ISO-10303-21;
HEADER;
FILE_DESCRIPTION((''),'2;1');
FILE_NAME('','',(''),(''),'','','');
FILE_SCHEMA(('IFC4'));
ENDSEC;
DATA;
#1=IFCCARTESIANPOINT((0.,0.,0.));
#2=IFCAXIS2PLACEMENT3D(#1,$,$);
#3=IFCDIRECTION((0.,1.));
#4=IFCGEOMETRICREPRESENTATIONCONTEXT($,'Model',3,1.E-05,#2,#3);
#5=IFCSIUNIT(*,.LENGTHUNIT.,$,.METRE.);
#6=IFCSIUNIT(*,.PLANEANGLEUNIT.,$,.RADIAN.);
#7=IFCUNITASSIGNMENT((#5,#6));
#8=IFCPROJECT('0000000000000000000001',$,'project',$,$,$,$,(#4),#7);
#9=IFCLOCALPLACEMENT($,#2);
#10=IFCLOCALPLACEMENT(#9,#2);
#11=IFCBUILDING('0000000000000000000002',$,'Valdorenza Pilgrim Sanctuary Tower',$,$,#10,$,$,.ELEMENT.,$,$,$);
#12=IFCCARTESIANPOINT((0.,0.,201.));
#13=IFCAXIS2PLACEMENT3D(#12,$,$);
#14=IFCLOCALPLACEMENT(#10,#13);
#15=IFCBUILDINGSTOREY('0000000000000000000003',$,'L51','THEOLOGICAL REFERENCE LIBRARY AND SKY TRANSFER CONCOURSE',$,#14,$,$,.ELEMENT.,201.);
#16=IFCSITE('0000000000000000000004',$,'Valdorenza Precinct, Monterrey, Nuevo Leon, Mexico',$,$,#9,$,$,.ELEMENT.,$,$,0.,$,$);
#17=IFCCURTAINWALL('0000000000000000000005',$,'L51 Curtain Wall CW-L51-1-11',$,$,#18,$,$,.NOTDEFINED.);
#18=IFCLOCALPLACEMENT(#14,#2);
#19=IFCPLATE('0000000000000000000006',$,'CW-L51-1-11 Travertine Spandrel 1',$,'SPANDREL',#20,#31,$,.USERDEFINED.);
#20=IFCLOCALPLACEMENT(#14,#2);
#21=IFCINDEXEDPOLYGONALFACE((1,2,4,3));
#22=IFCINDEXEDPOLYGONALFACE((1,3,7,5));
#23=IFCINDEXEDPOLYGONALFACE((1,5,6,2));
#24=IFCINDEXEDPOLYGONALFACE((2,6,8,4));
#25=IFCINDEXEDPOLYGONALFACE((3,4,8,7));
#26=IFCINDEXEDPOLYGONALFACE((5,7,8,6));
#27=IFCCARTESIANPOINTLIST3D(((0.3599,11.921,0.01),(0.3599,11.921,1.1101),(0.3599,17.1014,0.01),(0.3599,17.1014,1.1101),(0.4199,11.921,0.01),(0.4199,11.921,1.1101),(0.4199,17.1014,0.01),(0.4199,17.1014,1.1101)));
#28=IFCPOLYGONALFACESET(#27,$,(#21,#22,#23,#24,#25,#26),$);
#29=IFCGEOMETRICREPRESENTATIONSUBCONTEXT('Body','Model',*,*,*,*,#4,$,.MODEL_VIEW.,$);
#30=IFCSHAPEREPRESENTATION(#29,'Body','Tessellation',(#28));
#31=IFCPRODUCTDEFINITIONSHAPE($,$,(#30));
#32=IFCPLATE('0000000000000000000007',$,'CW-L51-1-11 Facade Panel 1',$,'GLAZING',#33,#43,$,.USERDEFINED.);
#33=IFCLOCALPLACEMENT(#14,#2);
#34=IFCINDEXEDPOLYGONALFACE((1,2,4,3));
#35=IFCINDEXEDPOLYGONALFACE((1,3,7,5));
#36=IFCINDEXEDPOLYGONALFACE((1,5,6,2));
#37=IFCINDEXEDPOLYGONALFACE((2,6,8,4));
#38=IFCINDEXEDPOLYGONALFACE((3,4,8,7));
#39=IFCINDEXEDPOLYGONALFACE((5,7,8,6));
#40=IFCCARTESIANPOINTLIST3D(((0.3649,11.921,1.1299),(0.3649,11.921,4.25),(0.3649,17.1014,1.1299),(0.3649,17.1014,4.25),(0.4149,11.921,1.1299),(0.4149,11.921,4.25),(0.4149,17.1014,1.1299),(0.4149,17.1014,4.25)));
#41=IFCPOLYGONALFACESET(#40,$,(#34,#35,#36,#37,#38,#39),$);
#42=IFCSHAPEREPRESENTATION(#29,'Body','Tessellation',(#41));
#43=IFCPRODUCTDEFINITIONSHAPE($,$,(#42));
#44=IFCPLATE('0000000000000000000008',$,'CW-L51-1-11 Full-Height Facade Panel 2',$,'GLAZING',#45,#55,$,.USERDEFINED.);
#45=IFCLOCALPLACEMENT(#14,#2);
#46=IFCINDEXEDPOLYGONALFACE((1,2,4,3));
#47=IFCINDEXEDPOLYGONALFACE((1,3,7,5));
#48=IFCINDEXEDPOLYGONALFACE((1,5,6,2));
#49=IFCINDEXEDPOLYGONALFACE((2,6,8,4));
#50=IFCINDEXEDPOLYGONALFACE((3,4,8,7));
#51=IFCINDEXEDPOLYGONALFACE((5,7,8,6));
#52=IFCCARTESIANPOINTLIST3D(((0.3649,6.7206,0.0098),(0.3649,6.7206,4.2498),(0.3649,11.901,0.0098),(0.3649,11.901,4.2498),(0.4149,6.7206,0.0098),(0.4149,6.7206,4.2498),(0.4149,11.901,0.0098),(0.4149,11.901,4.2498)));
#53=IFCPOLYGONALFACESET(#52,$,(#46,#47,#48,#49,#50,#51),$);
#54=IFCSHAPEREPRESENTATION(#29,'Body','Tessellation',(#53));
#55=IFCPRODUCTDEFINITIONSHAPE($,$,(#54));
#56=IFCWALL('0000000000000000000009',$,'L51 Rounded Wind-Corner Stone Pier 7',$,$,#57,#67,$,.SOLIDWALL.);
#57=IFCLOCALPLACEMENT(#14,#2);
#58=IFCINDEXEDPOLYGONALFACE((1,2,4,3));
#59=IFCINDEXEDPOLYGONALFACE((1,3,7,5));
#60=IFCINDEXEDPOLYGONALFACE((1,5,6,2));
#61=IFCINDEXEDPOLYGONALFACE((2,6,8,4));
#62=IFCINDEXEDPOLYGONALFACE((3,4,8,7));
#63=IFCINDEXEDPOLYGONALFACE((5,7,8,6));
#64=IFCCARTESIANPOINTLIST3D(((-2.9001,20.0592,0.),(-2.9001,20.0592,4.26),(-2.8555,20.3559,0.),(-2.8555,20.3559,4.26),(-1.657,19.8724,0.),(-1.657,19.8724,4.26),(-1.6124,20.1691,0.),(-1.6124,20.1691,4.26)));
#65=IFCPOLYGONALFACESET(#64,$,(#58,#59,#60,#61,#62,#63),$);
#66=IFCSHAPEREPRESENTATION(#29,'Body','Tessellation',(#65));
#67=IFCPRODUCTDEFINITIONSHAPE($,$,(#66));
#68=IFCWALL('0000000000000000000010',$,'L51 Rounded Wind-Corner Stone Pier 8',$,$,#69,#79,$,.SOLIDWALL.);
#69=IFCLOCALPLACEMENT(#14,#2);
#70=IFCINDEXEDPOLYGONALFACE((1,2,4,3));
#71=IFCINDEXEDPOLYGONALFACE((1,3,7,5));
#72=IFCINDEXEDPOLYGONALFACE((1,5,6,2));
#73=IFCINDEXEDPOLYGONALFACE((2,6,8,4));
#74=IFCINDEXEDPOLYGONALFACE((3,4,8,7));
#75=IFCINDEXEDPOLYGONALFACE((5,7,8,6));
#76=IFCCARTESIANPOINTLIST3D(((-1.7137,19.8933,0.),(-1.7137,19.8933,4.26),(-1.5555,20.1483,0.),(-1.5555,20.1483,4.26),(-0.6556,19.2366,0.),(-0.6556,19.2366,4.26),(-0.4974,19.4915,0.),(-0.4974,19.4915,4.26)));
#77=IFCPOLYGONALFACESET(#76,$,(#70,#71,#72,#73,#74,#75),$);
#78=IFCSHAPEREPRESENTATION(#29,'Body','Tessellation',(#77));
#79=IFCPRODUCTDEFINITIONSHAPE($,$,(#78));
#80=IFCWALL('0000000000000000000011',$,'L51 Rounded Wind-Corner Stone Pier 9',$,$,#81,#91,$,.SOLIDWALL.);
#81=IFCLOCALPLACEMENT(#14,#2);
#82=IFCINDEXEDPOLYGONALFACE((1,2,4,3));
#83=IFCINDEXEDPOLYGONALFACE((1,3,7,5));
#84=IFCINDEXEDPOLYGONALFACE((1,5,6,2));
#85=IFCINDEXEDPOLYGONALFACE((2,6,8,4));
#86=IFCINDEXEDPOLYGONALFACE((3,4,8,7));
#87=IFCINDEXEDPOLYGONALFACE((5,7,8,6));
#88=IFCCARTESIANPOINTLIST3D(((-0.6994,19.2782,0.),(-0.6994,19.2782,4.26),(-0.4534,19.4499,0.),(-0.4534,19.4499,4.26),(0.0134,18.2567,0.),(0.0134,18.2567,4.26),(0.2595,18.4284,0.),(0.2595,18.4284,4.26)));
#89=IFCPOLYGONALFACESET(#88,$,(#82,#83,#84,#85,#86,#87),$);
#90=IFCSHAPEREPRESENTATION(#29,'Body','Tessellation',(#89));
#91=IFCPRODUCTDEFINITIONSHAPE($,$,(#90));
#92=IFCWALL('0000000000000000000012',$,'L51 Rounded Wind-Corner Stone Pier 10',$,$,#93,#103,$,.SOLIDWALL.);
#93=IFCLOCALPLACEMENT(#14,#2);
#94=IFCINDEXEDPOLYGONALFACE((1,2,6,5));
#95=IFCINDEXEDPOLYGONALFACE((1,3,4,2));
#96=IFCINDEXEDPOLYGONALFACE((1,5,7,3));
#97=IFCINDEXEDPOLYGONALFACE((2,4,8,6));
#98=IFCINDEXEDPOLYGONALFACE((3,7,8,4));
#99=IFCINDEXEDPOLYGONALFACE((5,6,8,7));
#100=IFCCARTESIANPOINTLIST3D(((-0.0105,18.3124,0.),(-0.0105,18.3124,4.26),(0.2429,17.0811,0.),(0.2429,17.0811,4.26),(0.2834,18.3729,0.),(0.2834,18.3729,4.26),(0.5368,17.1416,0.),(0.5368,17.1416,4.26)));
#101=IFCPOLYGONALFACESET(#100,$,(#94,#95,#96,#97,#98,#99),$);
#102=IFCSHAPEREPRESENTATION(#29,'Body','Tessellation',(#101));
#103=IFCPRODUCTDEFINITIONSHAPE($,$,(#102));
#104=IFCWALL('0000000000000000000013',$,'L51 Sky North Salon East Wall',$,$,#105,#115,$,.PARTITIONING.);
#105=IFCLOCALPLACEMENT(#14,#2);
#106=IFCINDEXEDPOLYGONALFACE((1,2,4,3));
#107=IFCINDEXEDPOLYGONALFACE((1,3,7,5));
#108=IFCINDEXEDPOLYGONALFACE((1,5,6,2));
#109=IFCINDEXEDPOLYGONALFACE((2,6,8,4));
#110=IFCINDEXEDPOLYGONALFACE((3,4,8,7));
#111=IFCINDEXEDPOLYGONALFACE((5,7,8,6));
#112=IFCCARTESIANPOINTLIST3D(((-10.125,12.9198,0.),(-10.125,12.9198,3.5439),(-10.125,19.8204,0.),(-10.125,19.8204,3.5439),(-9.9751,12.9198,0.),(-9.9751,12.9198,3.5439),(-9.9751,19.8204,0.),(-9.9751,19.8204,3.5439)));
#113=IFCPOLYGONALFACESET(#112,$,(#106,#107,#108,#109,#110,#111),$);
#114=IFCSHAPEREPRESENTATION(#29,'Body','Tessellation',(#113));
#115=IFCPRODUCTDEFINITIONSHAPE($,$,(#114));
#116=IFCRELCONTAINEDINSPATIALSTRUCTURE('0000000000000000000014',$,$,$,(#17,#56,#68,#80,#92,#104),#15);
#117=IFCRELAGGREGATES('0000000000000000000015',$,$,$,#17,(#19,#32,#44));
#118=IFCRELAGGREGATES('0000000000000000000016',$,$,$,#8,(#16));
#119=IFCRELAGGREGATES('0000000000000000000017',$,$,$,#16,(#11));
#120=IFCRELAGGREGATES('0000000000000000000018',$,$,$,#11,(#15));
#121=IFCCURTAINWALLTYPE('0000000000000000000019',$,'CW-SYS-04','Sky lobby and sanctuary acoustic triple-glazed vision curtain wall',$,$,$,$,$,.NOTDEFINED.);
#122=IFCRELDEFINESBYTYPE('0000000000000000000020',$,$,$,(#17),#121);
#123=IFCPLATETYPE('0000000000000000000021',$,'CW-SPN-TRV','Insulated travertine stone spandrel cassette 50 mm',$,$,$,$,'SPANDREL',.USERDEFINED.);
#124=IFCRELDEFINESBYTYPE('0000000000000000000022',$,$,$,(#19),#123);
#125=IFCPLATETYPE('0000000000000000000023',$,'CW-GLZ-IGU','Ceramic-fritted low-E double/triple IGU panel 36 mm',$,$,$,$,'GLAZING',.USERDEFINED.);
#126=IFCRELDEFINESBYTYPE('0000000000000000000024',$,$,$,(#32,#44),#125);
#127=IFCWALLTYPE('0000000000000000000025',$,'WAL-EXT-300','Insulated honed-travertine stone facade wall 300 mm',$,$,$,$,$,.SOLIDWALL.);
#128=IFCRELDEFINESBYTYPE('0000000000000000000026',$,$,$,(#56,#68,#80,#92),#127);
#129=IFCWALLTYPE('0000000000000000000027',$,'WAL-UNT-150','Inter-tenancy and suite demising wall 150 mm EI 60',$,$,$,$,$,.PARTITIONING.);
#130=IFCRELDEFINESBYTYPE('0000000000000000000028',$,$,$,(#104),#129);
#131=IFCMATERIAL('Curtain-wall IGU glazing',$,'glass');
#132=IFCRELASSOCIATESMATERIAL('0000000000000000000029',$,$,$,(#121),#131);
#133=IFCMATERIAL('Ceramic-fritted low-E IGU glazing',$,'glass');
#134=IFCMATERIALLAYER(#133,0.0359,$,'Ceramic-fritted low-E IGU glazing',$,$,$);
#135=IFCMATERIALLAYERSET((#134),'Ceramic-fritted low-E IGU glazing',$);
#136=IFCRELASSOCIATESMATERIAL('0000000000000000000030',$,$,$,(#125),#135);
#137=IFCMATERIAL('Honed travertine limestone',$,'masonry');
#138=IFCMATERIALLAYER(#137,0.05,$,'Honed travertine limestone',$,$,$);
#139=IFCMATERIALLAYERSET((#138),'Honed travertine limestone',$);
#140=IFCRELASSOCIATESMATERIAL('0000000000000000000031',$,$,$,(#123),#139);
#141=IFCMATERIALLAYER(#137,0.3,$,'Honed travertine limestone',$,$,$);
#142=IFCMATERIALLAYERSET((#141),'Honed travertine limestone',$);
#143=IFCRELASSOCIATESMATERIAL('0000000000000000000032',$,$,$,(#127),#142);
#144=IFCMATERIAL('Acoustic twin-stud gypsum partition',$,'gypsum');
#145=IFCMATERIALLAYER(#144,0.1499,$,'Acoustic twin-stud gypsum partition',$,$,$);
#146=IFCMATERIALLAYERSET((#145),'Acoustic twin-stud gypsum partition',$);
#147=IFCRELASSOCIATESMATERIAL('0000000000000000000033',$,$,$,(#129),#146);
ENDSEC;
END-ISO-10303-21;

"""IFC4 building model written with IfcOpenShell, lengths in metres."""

from ifc_helpers import new_model, si_unit, direction, frame, frame_2d, origin, origin_2d, place, context, subcontext, project, spatial, rectangle, extrude, source, transform, mapped, material, layer, layer_set, type_object, element, aggregate, save


model = new_model("IFC4")

# Units and contexts
model_context = context("Model", 3, precision=1e-05, world=origin(), true_north=direction((0.0, 1.0)))
body_context = subcontext(model_context, "Body", "Model", "MODEL_VIEW")
ifc_project = project(units=[si_unit("LENGTHUNIT", "METRE"), si_unit("PLANEANGLEUNIT", "RADIAN")], contexts=[model_context])

# Site, building, storey
site_placement = place(None, origin())
site = spatial("IfcSite", under=ifc_project, at=site_placement, Name="Valdorenza Precinct, Monterrey, Nuevo Leon, Mexico", CompositionType="ELEMENT", RefElevation=0.0)
building_placement = place(site_placement, origin())
building = spatial("IfcBuilding", under=site, at=building_placement, Name="Valdorenza Pilgrim Sanctuary Tower", CompositionType="ELEMENT")
storey_placement = place(building_placement, frame((0.0, 0.0, 201.0)))
storey = spatial("IfcBuildingStorey", under=building, at=storey_placement, Name="L51", Description="THEOLOGICAL REFERENCE LIBRARY AND SKY TRANSFER CONCOURSE", CompositionType="ELEMENT", Elevation=201.0)

# Curtain wall
ifc_material_1 = material(Name="Curtain-wall IGU glazing", Category="glass")
curtain_wall_type = type_object("IfcCurtainWallType", Name="CW-SYS-04", Description="Sky lobby and sanctuary acoustic triple-glazed vision curtain wall", PredefinedType="NOTDEFINED", material=ifc_material_1)
curtain_wall_1_placement = place(storey_placement, origin())
curtain_wall_1 = element("IfcCurtainWall", 1, at=curtain_wall_1_placement, inside=storey, type_object=curtain_wall_type, Name="L51 Curtain Wall CW-L51-1-11", PredefinedType="NOTDEFINED")

# Plates
ifc_material_2 = material(Name="Ceramic-fritted low-E IGU glazing", Category="glass")
ifc_layer_1 = layer(ifc_material_2, 0.0359, Name="Ceramic-fritted low-E IGU glazing")
ifc_layer_set_1 = layer_set([ifc_layer_1], Name="Ceramic-fritted low-E IGU glazing")
plate_type_1 = type_object("IfcPlateType", Name="CW-GLZ-IGU", Description="Ceramic-fritted low-E double/triple IGU panel 36 mm", ElementType="GLAZING", PredefinedType="USERDEFINED", material=ifc_layer_set_1)
ifc_material_3 = material(Name="Honed travertine limestone", Category="masonry")
ifc_layer_2 = layer(ifc_material_3, 0.05, Name="Honed travertine limestone")
ifc_layer_set_2 = layer_set([ifc_layer_2], Name="Honed travertine limestone")
plate_type_2 = type_object("IfcPlateType", Name="CW-SPN-TRV", Description="Insulated travertine stone spandrel cassette 50 mm", ElementType="SPANDREL", PredefinedType="USERDEFINED", material=ifc_layer_set_2)
shared_shape_1 = source(origin(), body_context, "Body", "SweptSolid", [
    extrude(rectangle(XDim=5.1804, YDim=0.0601, at=origin_2d()), origin(), (0.0, 0.0, 1.0), 1.1001),
])
plate_1_placement = place(storey_placement, frame((0.3899, 14.5112, 0.01), z_axis=(0.0, 0.0, 1.0), x_axis=(0.0, -1.0, 0.0)))
plate_1 = element("IfcPlate", 2, at=plate_1_placement, type_object=plate_type_2, Name="CW-L51-1-11 Travertine Spandrel 1", ObjectType="SPANDREL", PredefinedType="USERDEFINED", context=body_context, shape_type="MappedRepresentation", body=[
    mapped(shared_shape_1, transform((0.0, 0.0, 0.0), x_axis=(1.0, 0.0, 0.0), y_axis=(0.0, 1.0, 0.0), z_axis=(0.0, 0.0, 1.0), scale=1.0)),
])
shared_shape_2 = source(origin(), body_context, "Body", "SweptSolid", [
    extrude(rectangle(XDim=5.1804, YDim=0.05, at=origin_2d()), origin(), (0.0, 0.0, 1.0), 3.1201),
])
plate_2_placement = place(storey_placement, frame((0.3899, 14.5112, 1.1299), z_axis=(0.0, 0.0, 1.0), x_axis=(0.0, -1.0, 0.0)))
plate_2 = element("IfcPlate", 3, at=plate_2_placement, type_object=plate_type_1, Name="CW-L51-1-11 Facade Panel 1", ObjectType="GLAZING", PredefinedType="USERDEFINED", context=body_context, shape_type="MappedRepresentation", body=[
    mapped(shared_shape_2, transform((0.0, 0.0, 0.0), x_axis=(1.0, 0.0, 0.0), y_axis=(0.0, 1.0, 0.0), z_axis=(0.0, 0.0, 1.0), scale=1.0)),
])
shared_shape_3 = source(origin(), body_context, "Body", "SweptSolid", [
    extrude(rectangle(XDim=5.1804, YDim=0.05, at=origin_2d()), origin(), (0.0, 0.0, 1.0), 4.24),
])
plate_3_placement = place(storey_placement, frame((0.3899, 9.3108, 0.0098), z_axis=(0.0, 0.0, 1.0), x_axis=(0.0, -1.0, 0.0)))
plate_3 = element("IfcPlate", 4, at=plate_3_placement, type_object=plate_type_1, Name="CW-L51-1-11 Full-Height Facade Panel 2", ObjectType="GLAZING", PredefinedType="USERDEFINED", context=body_context, shape_type="MappedRepresentation", body=[
    mapped(shared_shape_3, transform((0.0, 0.0, 0.0), x_axis=(1.0, 0.0, 0.0), y_axis=(0.0, 1.0, 0.0), z_axis=(0.0, 0.0, 1.0), scale=1.0)),
])
aggregate(curtain_wall_1, [plate_1, plate_2, plate_3])

# Walls
ifc_layer_3 = layer(ifc_material_3, 0.3, Name="Honed travertine limestone")
ifc_layer_set_3 = layer_set([ifc_layer_3], Name="Honed travertine limestone")
wall_type_1 = type_object("IfcWallType", Name="WAL-EXT-300", Description="Insulated honed-travertine stone facade wall 300 mm", PredefinedType="SOLIDWALL", material=ifc_layer_set_3)
wall_1_placement = place(storey_placement, frame((-2.8777, 20.2075, 0.0), z_axis=(0.0, 0.0, 1.0), x_axis=(0.988902, -0.148568, 0.0)))
element("IfcWall", 5, at=wall_1_placement, inside=storey, type_object=wall_type_1, Name="L51 Rounded Wind-Corner Stone Pier 7", PredefinedType="SOLIDWALL", context=body_context, shape_type="SweptSolid", body=[
    extrude(rectangle(XDim=1.2571, YDim=0.3, at=frame_2d((0.6284, 0.0))), origin(), (0.0, 0.0, 1.0), 4.26),
])
wall_2_placement = place(storey_placement, frame((-1.6345, 20.0208, 0.0), z_axis=(0.0, 0.0, 1.0), x_axis=(0.849646, -0.527353, 0.0)))
element("IfcWall", 6, at=wall_2_placement, inside=storey, type_object=wall_type_1, Name="L51 Rounded Wind-Corner Stone Pier 8", PredefinedType="SOLIDWALL", context=body_context, shape_type="SweptSolid", body=[
    extrude(rectangle(XDim=1.2454, YDim=0.3, at=frame_2d((0.6226, 0.0))), origin(), (0.0, 0.0, 1.0), 4.26),
])
wall_3_placement = place(storey_placement, frame((-0.5764, 19.364, 0.0), z_axis=(0.0, 0.0, 1.0), x_axis=(0.572304, -0.820041, 0.0)))
element("IfcWall", 7, at=wall_3_placement, inside=storey, type_object=wall_type_1, Name="L51 Rounded Wind-Corner Stone Pier 9", PredefinedType="SOLIDWALL", context=body_context, shape_type="SweptSolid", body=[
    extrude(rectangle(XDim=1.2456, YDim=0.3, at=frame_2d((0.6228, 0.0))), origin(), (0.0, 0.0, 1.0), 4.26),
])
wall_4_placement = place(storey_placement, frame((0.1365, 18.3425, 0.0), z_axis=(0.0, 0.0, 1.0), x_axis=(0.201604, -0.979467, 0.0)))
element("IfcWall", 8, at=wall_4_placement, inside=storey, type_object=wall_type_1, Name="L51 Rounded Wind-Corner Stone Pier 10", PredefinedType="SOLIDWALL", context=body_context, shape_type="SweptSolid", body=[
    extrude(rectangle(XDim=1.2571, YDim=0.3, at=frame_2d((0.6284, 0.0))), origin(), (0.0, 0.0, 1.0), 4.26),
])
ifc_material_4 = material(Name="Acoustic twin-stud gypsum partition", Category="gypsum")
ifc_layer_4 = layer(ifc_material_4, 0.1499, Name="Acoustic twin-stud gypsum partition")
ifc_layer_set_4 = layer_set([ifc_layer_4], Name="Acoustic twin-stud gypsum partition")
wall_type_2 = type_object("IfcWallType", Name="WAL-UNT-150", Description="Inter-tenancy and suite demising wall 150 mm EI 60", PredefinedType="PARTITIONING", material=ifc_layer_set_4)
wall_5_placement = place(storey_placement, frame((-10.05, 12.9199, 0.0), z_axis=(0.0, 0.0, 1.0), x_axis=(0.0, 1.0, 0.0)))
element("IfcWall", 9, at=wall_5_placement, inside=storey, type_object=wall_type_2, Name="L51 Sky North Salon East Wall", PredefinedType="PARTITIONING", context=body_context, shape_type="SweptSolid", body=[
    extrude(rectangle(XDim=6.9006, YDim=0.1499, at=frame_2d((3.4502, 0.0))), origin(), (0.0, 0.0, 1.0), 3.5439),
])

save(model, "model.ifc")
